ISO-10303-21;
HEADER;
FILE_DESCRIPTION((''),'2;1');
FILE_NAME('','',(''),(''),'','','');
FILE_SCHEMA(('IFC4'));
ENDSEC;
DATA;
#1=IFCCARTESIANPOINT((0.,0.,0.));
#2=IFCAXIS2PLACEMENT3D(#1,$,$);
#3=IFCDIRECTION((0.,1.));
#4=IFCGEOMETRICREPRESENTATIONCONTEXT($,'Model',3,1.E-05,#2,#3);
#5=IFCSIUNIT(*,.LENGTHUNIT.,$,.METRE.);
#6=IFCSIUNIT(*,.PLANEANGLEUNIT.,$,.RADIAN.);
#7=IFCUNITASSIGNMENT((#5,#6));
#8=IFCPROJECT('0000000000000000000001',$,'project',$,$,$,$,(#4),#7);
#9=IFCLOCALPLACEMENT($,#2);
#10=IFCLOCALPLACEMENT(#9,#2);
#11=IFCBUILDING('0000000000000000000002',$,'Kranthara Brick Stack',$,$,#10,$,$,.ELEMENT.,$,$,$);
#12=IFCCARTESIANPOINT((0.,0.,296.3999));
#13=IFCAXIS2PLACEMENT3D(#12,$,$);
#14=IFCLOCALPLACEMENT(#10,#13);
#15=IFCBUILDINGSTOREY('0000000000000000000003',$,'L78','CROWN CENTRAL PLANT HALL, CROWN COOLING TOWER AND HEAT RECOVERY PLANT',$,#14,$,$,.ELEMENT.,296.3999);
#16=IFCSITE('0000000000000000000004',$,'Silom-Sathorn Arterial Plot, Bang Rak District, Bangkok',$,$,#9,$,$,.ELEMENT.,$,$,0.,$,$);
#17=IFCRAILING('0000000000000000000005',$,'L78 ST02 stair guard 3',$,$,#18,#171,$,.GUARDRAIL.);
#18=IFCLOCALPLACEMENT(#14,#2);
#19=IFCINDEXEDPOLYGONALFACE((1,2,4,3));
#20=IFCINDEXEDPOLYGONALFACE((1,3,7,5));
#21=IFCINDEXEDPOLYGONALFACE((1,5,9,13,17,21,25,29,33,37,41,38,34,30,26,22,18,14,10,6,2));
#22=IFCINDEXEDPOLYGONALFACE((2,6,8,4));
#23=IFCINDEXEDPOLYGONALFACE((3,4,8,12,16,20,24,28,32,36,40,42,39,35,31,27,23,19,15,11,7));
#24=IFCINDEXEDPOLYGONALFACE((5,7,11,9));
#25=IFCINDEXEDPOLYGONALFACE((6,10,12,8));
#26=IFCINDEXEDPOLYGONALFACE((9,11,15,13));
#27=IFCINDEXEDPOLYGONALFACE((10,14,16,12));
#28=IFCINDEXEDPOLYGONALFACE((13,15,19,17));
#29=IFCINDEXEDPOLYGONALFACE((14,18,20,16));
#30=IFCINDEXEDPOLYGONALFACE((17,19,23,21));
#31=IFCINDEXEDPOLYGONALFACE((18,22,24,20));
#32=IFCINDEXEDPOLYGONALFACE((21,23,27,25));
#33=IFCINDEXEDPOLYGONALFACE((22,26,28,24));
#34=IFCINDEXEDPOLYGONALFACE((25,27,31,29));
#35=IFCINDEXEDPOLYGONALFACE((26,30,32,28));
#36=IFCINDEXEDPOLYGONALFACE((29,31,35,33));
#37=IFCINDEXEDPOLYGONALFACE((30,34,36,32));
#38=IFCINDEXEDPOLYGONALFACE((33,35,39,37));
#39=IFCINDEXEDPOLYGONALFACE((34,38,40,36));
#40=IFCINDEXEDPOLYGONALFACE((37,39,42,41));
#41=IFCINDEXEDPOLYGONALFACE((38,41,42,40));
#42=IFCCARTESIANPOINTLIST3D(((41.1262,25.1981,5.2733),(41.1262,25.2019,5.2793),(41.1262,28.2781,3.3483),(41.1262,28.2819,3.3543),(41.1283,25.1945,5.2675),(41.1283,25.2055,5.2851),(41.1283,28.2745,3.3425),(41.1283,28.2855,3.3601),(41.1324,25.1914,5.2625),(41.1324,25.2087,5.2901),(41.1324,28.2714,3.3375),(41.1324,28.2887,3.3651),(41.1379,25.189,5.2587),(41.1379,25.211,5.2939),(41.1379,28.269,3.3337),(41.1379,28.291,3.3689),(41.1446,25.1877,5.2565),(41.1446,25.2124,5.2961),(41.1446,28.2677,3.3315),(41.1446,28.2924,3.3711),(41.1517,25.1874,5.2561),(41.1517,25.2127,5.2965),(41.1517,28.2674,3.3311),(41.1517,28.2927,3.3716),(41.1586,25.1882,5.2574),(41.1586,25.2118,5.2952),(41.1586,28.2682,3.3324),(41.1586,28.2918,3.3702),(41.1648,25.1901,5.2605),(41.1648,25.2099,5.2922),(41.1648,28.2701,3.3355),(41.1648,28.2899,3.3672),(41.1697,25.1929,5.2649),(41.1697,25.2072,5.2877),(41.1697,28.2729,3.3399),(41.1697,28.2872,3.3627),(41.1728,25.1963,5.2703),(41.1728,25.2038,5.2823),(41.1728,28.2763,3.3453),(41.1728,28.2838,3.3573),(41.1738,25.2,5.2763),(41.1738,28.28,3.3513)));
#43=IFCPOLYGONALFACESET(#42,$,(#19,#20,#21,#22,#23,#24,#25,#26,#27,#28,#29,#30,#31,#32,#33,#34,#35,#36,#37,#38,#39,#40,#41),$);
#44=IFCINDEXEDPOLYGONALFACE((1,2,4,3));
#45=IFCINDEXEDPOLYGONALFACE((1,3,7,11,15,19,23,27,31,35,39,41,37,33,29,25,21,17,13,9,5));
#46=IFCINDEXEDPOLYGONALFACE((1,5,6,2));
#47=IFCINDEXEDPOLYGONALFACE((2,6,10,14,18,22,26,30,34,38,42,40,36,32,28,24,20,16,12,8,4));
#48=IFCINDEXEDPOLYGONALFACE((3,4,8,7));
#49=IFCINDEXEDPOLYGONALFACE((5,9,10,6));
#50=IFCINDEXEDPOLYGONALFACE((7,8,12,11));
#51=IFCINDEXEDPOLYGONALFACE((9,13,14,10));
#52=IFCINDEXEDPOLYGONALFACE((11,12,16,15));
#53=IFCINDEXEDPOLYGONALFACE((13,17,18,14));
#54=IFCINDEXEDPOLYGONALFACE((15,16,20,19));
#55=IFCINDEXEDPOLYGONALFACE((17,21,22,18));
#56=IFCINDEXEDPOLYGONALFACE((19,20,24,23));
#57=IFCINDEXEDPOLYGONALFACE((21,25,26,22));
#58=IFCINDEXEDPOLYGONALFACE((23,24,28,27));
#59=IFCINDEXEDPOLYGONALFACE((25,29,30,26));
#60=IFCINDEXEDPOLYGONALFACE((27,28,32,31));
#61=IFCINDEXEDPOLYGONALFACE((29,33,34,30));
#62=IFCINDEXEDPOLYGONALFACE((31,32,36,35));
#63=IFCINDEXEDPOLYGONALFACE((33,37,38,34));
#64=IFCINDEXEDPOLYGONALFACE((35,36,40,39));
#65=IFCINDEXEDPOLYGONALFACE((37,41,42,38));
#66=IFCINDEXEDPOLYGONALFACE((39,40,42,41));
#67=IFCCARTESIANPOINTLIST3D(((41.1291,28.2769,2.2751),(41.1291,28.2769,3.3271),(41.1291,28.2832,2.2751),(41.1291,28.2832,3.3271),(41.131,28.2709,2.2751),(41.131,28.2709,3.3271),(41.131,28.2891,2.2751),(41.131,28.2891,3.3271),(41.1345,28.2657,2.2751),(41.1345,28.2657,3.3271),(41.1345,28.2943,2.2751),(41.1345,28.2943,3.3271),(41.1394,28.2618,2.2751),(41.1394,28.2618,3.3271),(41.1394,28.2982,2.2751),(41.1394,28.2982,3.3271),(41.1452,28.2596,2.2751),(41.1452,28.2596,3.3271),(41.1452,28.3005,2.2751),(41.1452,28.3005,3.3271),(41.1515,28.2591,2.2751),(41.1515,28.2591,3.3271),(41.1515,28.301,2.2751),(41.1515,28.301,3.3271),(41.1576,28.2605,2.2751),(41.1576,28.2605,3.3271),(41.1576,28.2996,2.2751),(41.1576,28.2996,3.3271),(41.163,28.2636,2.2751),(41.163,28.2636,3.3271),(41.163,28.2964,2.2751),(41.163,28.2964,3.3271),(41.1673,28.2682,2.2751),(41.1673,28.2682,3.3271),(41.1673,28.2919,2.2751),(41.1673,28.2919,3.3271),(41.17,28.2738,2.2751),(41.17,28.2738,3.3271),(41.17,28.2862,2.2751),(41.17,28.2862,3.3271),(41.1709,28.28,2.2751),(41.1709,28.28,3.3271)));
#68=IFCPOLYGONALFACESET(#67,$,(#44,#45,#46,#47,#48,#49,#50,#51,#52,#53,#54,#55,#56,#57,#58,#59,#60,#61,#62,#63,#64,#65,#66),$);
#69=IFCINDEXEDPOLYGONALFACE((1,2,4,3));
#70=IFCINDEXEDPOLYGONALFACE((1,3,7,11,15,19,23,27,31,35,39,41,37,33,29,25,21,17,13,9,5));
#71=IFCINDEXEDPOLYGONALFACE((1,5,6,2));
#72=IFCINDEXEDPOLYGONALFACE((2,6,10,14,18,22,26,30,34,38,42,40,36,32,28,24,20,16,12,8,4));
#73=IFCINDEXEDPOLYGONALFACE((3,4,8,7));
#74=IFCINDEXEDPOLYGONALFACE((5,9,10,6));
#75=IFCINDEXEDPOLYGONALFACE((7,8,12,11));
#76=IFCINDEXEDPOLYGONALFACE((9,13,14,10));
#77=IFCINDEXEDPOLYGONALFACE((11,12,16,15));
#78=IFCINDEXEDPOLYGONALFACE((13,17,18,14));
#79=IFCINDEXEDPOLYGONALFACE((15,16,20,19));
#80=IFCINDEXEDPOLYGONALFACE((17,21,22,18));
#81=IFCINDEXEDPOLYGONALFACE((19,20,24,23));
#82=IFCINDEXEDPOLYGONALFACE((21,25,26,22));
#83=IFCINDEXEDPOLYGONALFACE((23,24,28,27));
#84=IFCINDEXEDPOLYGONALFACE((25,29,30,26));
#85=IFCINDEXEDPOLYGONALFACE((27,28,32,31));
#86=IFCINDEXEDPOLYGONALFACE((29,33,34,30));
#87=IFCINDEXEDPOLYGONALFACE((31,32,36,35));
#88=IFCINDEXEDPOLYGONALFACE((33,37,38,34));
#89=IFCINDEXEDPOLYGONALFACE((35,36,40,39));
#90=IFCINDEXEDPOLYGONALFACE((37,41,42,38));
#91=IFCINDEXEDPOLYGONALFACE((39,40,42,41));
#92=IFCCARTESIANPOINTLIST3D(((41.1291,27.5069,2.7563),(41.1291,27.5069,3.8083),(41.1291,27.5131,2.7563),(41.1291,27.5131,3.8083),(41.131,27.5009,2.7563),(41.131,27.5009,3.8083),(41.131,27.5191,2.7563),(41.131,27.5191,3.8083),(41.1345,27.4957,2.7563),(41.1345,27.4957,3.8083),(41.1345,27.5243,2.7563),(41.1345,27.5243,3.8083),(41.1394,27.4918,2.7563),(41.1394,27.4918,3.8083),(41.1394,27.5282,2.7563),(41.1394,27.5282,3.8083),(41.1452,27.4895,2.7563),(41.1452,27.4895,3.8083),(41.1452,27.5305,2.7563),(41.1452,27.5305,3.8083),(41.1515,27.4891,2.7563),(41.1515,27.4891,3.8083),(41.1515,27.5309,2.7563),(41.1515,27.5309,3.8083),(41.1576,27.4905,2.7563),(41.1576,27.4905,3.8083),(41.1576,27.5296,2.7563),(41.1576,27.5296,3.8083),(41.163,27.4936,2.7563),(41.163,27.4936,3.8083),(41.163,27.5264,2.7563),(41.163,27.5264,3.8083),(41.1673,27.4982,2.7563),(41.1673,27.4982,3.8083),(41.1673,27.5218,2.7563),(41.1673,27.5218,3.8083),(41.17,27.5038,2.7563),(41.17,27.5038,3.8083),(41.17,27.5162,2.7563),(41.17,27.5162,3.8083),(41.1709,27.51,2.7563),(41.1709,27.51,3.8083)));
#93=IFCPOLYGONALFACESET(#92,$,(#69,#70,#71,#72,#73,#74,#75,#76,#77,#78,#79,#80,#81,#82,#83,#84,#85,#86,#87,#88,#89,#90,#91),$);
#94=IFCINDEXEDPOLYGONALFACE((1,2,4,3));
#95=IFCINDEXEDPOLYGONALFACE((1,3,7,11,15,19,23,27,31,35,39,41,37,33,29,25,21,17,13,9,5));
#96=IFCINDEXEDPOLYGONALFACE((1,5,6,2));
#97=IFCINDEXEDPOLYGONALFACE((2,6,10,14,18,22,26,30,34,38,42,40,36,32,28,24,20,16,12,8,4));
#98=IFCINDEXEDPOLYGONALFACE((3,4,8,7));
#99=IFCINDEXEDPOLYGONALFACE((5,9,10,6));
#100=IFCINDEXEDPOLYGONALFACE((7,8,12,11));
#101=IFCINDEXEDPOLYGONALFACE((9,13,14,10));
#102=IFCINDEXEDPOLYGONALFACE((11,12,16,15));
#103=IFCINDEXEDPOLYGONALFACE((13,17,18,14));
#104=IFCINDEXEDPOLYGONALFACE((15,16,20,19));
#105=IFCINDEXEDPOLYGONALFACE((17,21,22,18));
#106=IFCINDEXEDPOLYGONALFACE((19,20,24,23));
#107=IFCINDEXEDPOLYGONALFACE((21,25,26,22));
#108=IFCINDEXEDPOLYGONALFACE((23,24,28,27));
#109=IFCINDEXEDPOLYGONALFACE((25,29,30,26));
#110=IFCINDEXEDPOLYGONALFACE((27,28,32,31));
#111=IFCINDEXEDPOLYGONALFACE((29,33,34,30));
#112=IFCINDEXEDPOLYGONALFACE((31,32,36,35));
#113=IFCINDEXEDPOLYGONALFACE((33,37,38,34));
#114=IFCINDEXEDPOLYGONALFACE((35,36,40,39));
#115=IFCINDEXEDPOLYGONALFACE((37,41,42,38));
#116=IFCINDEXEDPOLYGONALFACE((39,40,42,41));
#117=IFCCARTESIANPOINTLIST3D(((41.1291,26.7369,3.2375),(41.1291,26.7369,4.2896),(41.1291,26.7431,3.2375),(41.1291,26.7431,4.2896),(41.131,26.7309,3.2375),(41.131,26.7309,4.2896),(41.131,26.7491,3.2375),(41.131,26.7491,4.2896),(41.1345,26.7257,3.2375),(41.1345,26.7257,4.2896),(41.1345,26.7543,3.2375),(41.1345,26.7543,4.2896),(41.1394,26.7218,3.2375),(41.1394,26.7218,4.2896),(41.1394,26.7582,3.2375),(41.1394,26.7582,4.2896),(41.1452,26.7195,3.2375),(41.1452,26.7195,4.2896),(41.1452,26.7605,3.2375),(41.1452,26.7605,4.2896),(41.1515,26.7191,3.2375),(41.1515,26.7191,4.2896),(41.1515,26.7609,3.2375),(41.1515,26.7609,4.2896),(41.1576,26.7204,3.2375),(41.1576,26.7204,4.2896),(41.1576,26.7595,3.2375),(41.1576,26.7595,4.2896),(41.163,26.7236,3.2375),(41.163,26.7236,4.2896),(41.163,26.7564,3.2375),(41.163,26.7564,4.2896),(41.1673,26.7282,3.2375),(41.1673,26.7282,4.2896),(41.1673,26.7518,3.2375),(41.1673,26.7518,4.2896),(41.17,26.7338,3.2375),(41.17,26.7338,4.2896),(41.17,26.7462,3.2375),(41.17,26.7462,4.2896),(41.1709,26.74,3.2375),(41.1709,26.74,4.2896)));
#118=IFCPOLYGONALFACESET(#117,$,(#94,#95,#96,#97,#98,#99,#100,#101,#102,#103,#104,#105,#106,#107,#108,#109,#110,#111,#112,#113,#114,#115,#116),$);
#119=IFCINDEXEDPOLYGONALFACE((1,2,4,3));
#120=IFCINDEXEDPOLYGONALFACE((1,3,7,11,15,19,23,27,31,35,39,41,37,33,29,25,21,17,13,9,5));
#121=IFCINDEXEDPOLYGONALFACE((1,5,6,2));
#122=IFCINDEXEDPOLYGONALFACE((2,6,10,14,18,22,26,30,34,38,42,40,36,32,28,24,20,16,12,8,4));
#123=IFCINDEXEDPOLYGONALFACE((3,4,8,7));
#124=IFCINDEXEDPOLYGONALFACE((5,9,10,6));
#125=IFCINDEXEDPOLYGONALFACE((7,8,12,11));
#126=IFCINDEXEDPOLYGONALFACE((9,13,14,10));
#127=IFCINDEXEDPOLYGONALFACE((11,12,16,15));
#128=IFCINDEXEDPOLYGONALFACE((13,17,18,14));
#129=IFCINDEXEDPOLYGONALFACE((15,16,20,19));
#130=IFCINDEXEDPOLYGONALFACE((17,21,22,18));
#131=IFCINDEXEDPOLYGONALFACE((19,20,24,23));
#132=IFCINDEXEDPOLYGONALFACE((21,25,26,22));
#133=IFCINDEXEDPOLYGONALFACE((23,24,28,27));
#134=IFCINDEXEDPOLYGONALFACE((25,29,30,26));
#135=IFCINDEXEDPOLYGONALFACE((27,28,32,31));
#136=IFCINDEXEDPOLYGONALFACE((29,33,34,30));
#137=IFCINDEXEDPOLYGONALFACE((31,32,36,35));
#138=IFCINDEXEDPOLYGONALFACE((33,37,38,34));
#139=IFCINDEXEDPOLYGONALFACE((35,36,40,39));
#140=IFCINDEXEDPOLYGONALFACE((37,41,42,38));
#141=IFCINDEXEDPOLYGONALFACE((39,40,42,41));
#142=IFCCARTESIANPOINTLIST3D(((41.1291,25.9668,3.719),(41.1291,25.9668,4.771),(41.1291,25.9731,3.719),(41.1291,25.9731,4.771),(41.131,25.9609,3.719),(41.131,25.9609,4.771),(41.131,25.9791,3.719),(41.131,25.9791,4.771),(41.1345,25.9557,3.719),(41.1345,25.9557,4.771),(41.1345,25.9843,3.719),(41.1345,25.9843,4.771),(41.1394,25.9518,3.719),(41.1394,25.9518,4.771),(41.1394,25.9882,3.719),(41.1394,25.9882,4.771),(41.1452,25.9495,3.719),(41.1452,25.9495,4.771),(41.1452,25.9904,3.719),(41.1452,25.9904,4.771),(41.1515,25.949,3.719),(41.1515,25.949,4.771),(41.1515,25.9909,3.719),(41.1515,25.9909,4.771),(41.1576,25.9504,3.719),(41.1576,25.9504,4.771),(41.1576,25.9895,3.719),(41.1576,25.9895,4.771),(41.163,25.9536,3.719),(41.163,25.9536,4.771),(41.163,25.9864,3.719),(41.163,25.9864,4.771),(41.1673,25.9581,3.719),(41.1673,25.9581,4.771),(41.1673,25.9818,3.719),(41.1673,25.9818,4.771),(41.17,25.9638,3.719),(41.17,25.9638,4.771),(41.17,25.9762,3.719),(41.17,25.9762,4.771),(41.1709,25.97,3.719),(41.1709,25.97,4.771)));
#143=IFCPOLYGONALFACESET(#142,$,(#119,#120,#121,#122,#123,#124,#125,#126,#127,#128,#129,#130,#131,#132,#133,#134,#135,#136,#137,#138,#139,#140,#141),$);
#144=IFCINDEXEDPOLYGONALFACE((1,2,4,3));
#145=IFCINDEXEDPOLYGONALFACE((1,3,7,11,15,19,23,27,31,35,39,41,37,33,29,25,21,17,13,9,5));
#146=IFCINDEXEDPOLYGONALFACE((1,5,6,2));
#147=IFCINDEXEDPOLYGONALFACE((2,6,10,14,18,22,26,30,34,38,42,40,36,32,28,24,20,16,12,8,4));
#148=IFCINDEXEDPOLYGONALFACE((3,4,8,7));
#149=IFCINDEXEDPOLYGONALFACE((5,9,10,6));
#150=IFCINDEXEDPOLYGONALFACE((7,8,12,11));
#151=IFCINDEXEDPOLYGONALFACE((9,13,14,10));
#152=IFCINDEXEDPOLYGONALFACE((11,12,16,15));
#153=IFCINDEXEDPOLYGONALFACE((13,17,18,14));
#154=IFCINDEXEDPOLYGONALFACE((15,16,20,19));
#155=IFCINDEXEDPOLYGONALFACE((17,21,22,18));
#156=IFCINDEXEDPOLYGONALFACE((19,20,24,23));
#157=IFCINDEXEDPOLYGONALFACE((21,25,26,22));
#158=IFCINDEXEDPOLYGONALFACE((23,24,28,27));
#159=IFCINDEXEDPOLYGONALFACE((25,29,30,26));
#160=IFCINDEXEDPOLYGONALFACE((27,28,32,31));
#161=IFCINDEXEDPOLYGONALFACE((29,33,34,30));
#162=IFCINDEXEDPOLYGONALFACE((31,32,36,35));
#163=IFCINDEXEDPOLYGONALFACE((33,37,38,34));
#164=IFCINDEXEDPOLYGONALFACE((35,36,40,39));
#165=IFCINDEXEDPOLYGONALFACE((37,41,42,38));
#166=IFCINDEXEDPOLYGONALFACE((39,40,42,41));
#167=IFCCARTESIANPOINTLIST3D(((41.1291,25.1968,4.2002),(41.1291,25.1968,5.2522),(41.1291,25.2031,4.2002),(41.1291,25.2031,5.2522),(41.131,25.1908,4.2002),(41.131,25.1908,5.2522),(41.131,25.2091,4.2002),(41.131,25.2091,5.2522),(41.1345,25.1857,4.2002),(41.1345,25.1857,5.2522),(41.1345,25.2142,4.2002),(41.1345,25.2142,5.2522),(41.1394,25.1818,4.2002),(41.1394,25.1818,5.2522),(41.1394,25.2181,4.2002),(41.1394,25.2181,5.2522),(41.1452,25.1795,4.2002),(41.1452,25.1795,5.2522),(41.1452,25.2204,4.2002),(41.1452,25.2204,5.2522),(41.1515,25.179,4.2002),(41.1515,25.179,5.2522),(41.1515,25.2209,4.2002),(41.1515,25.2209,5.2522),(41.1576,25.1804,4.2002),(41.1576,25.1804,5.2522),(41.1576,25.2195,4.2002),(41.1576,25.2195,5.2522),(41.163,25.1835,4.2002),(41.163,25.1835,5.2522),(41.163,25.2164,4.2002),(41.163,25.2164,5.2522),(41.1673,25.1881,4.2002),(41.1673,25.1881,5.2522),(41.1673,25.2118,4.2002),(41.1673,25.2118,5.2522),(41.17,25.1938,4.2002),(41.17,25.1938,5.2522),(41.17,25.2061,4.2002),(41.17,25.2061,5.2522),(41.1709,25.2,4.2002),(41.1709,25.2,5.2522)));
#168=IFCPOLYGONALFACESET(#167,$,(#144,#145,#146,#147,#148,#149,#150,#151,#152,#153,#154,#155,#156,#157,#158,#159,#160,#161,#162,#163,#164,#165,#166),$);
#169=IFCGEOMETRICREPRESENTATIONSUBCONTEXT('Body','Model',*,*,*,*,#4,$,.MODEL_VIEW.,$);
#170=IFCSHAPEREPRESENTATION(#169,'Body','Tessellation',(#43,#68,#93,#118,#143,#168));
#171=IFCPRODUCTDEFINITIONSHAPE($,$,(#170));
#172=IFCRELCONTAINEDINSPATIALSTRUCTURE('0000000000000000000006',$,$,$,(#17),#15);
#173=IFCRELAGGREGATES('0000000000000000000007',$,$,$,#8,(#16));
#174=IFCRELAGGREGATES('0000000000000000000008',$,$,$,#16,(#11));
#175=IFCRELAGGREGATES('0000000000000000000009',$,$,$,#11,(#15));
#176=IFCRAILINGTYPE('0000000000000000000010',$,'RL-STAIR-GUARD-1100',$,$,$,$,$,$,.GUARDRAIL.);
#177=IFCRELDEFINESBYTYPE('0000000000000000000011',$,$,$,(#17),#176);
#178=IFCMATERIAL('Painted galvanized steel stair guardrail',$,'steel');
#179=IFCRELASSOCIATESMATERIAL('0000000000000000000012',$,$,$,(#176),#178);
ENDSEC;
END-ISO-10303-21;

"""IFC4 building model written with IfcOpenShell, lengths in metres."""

from ifc_helpers import new_model, si_unit, direction, frame, origin, origin_2d, place, context, subcontext, project, spatial, circle, extrude, material, type_object, element, save


model = new_model("IFC4")

# Units and contexts
model_context = context("Model", 3, precision=1e-05, world=origin(), true_north=direction((0.0, 1.0)))
body_context = subcontext(model_context, "Body", "Model", "MODEL_VIEW")
ifc_project = project(units=[si_unit("LENGTHUNIT", "METRE"), si_unit("PLANEANGLEUNIT", "RADIAN")], contexts=[model_context])

# Site, building, storey
site_placement = place(None, origin())
site = spatial("IfcSite", under=ifc_project, at=site_placement, Name="Silom-Sathorn Arterial Plot, Bang Rak District, Bangkok", CompositionType="ELEMENT", RefElevation=0.0)
building_placement = place(site_placement, origin())
building = spatial("IfcBuilding", under=site, at=building_placement, Name="Kranthara Brick Stack", CompositionType="ELEMENT")
storey_placement = place(building_placement, frame((0.0, 0.0, 296.3999)))
storey = spatial("IfcBuildingStorey", under=building, at=storey_placement, Name="L78", Description="CROWN CENTRAL PLANT HALL, CROWN COOLING TOWER AND HEAT RECOVERY PLANT", CompositionType="ELEMENT", Elevation=296.3999)

# Railing
ifc_material_1 = material(Name="Painted galvanized steel stair guardrail", Category="steel")
railing_type_1 = type_object("IfcRailingType", Name="RL-STAIR-GUARD-1100", PredefinedType="GUARDRAIL", material=ifc_material_1)
railing_1_placement = place(storey_placement, frame((41.1499, 28.28, 2.2751)))
element("IfcRailing", 1, at=railing_1_placement, inside=storey, type_object=railing_type_1, Name="L78 ST02 stair guard 3", PredefinedType="GUARDRAIL", context=body_context, shape_type="SweptSolid", body=[
    extrude(circle(Radius=0.0239, at=origin_2d()), frame((0.0, 0.0, 1.0762), z_axis=(0.0, -0.847998, 0.529999), x_axis=(1.0, 0.0, 0.0)), (0.0, 0.0, 1.0), 3.6321),
    extrude(circle(Radius=0.021, at=origin_2d()), origin(), (0.0, 0.0, 1.0), 1.052),
    extrude(circle(Radius=0.021, at=origin_2d()), frame((0.0, -0.77, 0.4812)), (0.0, 0.0, 1.0), 1.052),
    extrude(circle(Radius=0.021, at=origin_2d()), frame((0.0, -1.54, 0.9624)), (0.0, 0.0, 1.0), 1.052),
    extrude(circle(Radius=0.021, at=origin_2d()), frame((0.0, -2.3101, 1.4438)), (0.0, 0.0, 1.0), 1.052),
    extrude(circle(Radius=0.021, at=origin_2d()), frame((0.0, -3.0801, 1.925)), (0.0, 0.0, 1.0), 1.052),
])

save(model, "model.ifc")
